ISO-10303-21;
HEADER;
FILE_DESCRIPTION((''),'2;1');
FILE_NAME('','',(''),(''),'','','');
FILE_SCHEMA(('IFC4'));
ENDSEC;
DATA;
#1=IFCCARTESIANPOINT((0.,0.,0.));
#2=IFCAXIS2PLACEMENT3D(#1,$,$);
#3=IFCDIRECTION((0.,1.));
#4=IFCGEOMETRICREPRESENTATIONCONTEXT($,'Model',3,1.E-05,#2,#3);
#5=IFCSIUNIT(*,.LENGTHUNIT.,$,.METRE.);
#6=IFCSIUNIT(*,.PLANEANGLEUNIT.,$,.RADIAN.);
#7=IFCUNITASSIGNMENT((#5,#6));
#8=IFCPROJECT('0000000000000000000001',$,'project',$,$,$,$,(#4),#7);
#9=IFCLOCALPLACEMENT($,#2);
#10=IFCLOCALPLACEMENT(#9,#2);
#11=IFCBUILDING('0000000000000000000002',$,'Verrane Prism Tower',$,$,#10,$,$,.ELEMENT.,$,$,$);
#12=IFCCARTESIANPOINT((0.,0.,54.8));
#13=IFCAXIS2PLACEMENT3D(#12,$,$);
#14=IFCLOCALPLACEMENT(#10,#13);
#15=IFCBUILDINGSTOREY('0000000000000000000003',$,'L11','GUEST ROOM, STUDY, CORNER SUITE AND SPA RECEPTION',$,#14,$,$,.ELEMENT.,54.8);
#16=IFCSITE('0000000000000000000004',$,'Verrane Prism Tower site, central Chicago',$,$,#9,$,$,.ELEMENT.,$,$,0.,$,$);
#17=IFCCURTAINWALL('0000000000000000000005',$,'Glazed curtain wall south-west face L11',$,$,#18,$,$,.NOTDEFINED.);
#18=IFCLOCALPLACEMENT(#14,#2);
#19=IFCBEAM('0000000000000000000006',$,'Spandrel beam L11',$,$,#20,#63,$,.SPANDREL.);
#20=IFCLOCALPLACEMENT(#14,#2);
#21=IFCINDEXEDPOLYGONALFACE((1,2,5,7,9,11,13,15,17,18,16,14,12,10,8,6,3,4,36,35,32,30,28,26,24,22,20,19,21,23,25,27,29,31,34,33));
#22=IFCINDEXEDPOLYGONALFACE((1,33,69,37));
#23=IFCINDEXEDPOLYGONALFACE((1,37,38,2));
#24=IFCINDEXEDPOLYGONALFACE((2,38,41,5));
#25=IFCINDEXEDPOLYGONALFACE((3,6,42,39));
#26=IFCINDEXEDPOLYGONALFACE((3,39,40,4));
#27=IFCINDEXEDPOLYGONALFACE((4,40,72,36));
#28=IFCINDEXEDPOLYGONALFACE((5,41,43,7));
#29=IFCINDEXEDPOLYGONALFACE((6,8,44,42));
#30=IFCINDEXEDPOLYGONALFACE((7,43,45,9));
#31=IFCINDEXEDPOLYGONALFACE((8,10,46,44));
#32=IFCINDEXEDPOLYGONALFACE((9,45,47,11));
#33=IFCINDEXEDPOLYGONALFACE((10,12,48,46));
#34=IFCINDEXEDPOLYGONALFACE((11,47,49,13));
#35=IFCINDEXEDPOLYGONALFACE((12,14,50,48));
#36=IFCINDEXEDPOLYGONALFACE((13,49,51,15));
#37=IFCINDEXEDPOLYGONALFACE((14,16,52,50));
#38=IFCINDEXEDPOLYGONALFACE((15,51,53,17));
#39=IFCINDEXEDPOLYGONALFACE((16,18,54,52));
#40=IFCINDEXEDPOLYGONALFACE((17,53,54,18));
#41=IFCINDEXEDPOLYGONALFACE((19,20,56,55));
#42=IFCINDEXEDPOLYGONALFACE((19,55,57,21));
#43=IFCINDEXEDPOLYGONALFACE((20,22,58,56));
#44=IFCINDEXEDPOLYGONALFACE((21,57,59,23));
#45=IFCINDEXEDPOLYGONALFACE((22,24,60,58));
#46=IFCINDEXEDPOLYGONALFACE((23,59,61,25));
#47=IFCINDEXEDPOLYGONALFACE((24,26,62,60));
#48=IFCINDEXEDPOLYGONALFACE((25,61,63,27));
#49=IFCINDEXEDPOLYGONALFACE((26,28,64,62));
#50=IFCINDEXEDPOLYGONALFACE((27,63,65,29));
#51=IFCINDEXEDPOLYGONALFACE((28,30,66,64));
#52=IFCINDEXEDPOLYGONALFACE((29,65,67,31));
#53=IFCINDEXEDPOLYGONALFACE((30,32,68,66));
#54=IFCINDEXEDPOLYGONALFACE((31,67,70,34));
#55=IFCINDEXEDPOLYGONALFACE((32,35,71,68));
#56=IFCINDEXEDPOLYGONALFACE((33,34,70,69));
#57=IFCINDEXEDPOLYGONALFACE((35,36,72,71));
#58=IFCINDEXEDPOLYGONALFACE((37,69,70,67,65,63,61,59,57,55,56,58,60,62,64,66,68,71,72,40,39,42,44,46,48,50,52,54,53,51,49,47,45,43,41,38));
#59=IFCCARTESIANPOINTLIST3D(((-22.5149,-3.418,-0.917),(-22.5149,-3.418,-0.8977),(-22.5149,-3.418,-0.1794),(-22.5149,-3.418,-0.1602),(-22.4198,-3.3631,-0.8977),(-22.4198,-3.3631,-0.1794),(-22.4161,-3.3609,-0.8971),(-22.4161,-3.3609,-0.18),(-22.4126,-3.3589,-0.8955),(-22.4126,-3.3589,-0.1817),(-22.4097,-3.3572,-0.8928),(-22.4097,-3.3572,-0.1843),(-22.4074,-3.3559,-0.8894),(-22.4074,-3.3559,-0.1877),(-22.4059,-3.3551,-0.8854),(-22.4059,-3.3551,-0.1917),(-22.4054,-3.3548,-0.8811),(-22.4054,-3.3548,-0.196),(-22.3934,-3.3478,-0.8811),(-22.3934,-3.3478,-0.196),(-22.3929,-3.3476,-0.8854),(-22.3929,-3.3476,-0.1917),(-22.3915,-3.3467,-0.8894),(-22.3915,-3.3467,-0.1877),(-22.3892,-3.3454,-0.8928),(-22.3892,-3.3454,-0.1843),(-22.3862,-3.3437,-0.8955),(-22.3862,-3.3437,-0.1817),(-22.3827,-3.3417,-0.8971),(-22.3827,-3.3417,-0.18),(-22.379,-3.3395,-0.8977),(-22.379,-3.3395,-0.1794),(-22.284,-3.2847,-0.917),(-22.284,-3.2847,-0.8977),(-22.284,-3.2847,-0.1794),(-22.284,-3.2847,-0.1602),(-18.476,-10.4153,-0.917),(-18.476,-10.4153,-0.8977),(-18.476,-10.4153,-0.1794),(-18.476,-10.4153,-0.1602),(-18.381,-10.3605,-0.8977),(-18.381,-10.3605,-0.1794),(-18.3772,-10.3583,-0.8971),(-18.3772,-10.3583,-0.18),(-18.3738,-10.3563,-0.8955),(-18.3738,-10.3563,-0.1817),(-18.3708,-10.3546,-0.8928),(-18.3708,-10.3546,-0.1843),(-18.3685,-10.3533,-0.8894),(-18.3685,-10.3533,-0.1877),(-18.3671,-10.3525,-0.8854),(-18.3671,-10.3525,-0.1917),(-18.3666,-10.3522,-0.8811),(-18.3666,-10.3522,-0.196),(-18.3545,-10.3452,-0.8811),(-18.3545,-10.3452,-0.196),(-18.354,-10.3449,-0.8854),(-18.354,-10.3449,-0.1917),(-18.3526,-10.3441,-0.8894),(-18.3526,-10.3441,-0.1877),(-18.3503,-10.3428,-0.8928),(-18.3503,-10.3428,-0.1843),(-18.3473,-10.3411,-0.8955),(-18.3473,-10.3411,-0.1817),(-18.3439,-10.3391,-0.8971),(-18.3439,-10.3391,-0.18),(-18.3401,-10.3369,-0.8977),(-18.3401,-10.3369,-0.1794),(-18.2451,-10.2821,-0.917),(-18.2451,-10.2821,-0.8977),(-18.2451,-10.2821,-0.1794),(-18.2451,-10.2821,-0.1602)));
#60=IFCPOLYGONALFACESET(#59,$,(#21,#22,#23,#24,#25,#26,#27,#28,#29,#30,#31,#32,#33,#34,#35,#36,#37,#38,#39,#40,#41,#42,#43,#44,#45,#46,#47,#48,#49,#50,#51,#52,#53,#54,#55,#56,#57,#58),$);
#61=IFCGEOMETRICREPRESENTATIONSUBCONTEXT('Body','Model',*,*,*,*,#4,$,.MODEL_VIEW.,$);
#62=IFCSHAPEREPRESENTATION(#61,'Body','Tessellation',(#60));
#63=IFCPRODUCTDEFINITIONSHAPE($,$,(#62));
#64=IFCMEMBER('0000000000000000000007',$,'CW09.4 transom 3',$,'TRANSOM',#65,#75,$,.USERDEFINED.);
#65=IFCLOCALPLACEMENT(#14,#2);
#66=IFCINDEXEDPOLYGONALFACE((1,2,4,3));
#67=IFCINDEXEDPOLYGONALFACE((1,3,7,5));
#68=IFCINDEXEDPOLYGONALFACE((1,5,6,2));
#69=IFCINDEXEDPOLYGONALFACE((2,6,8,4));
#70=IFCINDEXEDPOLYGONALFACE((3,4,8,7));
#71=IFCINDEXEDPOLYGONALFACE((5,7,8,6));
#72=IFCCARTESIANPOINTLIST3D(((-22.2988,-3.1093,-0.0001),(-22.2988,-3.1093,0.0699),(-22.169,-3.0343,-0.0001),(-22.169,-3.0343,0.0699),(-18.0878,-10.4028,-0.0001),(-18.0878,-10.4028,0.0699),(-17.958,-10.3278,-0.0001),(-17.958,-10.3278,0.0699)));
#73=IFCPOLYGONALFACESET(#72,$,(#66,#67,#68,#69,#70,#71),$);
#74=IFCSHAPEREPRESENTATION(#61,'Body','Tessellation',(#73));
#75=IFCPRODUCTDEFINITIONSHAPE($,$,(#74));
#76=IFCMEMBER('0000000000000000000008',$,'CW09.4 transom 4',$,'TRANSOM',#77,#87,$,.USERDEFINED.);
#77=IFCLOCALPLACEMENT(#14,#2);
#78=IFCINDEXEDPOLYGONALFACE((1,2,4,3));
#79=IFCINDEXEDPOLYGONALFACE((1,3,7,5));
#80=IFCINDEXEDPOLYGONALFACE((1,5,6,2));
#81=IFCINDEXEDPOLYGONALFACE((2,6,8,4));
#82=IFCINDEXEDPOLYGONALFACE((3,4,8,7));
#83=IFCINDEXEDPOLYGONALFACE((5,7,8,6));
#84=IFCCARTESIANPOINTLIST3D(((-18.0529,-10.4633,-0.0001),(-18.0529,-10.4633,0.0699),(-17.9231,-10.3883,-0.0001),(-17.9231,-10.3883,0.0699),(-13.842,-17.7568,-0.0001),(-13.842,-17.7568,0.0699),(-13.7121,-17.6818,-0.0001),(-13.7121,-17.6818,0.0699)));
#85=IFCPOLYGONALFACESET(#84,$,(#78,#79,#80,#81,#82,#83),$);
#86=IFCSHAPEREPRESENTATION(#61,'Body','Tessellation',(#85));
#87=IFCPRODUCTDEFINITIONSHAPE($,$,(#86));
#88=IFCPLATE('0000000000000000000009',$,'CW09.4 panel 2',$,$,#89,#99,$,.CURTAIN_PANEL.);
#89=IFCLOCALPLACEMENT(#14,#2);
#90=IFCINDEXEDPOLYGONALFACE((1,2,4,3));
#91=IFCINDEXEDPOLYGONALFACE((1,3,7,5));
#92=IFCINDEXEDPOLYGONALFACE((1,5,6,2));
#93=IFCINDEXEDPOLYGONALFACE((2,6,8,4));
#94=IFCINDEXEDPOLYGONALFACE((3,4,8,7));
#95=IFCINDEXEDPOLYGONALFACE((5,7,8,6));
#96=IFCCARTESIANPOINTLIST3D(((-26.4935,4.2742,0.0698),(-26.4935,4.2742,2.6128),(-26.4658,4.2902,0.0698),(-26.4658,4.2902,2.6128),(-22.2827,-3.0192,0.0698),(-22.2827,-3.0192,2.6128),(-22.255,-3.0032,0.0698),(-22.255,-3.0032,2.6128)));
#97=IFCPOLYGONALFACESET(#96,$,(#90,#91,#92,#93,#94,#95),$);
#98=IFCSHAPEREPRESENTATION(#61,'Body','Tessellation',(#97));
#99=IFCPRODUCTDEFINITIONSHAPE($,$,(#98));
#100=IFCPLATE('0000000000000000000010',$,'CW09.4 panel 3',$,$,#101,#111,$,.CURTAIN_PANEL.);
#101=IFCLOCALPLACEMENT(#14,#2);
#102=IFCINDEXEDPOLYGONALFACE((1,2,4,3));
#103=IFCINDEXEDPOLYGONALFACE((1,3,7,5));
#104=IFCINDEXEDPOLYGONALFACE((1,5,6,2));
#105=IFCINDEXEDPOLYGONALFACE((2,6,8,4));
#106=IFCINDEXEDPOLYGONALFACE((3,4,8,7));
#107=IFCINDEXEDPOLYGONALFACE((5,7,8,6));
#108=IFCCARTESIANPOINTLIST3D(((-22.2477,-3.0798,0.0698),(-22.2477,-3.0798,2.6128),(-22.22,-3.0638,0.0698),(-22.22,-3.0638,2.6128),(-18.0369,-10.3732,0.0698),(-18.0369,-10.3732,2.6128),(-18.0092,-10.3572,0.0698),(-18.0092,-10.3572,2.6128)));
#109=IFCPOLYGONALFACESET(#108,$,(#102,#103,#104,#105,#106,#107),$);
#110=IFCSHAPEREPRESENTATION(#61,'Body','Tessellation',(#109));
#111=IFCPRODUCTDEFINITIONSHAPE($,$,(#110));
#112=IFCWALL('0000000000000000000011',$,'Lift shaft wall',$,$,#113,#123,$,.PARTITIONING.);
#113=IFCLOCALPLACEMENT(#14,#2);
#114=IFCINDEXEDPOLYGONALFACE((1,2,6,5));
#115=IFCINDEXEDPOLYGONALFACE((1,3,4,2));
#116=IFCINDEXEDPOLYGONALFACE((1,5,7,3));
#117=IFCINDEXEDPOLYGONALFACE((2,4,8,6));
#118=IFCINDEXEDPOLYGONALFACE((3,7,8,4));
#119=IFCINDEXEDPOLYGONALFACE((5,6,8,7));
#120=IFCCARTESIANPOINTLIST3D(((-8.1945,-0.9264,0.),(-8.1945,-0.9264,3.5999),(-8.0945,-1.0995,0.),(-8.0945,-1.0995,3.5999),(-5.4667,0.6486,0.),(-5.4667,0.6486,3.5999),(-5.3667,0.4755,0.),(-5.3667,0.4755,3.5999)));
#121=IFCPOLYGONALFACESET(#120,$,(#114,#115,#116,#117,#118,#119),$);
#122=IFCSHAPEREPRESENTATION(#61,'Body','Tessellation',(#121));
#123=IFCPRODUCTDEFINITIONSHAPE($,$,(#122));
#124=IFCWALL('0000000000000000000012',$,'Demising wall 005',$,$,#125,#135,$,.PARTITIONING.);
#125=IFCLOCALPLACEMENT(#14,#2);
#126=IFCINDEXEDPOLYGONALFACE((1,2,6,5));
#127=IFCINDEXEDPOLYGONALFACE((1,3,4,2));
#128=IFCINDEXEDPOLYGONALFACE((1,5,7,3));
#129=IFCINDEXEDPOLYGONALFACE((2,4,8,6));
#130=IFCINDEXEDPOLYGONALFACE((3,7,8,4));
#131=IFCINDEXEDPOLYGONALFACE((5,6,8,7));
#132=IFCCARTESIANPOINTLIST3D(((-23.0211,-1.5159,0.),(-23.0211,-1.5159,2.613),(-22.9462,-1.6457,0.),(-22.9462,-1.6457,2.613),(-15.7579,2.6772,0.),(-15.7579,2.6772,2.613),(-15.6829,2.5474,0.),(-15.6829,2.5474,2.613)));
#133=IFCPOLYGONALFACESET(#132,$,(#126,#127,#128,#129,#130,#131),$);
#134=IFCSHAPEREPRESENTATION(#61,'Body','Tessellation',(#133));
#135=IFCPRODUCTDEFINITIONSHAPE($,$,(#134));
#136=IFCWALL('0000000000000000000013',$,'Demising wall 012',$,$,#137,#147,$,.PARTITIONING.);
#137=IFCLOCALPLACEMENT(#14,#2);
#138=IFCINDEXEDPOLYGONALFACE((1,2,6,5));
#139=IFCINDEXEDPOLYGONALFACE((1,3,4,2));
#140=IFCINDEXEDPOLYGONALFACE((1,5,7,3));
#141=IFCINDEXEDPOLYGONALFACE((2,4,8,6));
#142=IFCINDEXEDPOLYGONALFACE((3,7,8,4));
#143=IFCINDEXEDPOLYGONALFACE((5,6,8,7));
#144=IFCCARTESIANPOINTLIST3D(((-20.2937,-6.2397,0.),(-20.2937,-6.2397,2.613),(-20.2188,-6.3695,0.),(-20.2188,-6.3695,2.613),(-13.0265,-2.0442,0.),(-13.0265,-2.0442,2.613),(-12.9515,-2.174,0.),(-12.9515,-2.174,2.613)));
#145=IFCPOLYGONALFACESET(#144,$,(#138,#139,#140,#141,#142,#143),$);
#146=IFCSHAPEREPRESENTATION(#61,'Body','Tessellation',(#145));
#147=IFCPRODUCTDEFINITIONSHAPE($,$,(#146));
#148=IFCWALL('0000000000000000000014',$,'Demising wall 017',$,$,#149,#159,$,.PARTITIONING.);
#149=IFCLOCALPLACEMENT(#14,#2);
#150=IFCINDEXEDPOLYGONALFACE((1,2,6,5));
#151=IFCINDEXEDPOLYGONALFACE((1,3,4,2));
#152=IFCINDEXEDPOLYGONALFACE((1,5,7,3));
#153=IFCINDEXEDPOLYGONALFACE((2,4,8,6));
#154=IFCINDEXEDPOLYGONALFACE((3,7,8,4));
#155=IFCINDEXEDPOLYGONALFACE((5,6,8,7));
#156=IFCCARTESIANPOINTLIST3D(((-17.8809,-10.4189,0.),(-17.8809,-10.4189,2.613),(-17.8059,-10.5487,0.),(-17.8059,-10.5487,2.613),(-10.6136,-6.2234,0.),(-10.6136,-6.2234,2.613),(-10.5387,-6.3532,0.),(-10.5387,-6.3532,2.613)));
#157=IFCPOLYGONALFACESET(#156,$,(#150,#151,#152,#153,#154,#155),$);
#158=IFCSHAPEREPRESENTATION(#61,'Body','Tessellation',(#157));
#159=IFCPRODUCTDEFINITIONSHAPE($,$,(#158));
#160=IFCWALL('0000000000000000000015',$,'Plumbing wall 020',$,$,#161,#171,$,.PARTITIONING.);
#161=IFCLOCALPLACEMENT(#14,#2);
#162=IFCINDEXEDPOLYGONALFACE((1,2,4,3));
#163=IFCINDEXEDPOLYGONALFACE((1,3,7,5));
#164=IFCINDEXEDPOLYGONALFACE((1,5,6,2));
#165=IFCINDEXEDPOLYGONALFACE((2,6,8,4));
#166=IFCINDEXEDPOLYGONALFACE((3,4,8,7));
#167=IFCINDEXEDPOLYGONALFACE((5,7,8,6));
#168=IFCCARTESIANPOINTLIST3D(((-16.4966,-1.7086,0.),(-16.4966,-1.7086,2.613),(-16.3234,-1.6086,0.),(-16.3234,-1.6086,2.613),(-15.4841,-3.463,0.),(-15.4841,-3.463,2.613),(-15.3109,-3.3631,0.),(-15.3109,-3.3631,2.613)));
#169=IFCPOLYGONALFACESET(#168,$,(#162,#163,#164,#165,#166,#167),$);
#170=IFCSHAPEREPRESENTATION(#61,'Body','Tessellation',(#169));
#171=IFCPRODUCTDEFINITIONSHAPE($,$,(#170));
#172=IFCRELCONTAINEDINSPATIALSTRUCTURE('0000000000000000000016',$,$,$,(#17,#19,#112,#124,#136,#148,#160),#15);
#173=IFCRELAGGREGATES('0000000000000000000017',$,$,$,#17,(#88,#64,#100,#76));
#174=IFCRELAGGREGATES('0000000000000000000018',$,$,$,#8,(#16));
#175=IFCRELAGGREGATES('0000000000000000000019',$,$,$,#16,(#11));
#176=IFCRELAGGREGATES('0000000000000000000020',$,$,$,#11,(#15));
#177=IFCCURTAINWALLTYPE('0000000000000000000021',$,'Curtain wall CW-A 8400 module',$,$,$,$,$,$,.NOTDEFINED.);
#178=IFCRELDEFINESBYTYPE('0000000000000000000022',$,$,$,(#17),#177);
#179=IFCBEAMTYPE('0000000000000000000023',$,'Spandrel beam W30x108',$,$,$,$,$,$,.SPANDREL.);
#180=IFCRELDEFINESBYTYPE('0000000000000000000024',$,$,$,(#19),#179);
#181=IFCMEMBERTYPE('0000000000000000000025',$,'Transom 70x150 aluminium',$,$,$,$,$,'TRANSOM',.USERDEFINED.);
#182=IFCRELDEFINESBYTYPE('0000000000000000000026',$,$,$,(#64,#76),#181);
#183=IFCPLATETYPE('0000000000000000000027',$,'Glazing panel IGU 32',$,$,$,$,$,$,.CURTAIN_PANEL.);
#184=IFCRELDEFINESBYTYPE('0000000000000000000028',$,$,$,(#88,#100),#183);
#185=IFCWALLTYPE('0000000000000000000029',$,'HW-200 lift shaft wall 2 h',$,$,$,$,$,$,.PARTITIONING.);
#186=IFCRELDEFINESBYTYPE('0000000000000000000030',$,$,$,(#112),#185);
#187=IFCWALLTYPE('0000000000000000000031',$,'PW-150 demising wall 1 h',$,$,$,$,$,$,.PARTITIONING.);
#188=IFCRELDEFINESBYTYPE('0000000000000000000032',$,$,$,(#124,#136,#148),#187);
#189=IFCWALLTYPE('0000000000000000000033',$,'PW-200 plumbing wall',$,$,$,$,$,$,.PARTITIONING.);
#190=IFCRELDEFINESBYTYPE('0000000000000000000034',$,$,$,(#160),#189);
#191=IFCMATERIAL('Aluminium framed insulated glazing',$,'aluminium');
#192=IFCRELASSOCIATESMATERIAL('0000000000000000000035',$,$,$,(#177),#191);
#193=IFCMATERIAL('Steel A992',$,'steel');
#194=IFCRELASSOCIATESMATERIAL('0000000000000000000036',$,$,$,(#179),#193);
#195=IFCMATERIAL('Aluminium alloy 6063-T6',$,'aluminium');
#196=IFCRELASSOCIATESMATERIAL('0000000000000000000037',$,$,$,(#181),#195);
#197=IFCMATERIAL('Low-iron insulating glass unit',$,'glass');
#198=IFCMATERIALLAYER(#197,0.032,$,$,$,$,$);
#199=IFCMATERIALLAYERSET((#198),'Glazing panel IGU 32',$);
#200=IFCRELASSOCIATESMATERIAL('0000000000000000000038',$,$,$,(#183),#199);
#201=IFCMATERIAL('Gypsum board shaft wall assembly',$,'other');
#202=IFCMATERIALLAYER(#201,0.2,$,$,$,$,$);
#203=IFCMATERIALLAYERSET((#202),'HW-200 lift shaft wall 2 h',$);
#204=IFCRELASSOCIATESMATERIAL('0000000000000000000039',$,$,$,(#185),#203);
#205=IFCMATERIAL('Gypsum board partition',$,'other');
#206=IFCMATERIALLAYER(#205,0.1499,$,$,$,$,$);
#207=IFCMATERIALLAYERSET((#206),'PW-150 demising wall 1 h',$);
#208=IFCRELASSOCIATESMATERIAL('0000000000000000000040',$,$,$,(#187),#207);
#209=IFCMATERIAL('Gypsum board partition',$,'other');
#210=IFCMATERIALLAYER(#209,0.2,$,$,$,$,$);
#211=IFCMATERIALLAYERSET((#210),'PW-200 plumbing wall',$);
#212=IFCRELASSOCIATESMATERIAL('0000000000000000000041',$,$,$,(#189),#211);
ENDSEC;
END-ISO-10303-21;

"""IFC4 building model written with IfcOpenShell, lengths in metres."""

from ifc_helpers import new_model, si_unit, direction, frame, frame_2d, origin, origin_2d, place, context, subcontext, project, spatial, rectangle, i_section, extrude, material, layer, layer_set, material_profile, profile_set, type_object, element, aggregate, save


model = new_model("IFC4")

# Units and contexts
model_context = context("Model", 3, precision=1e-05, world=origin(), true_north=direction((0.0, 1.0)))
body_context = subcontext(model_context, "Body", "Model", "MODEL_VIEW")
ifc_project = project(units=[si_unit("LENGTHUNIT", "METRE"), si_unit("PLANEANGLEUNIT", "RADIAN")], contexts=[model_context])

# Site, building, storey
site_placement = place(None, origin())
site = spatial("IfcSite", under=ifc_project, at=site_placement, Name="Verrane Prism Tower site, central Chicago", CompositionType="ELEMENT", RefElevation=0.0)
building_placement = place(site_placement, origin())
building = spatial("IfcBuilding", under=site, at=building_placement, Name="Verrane Prism Tower", CompositionType="ELEMENT")
storey_placement = place(building_placement, frame((0.0, 0.0, 54.8)))
storey = spatial("IfcBuildingStorey", under=building, at=storey_placement, Name="L11", Description="GUEST ROOM, STUDY, CORNER SUITE AND SPA RECEPTION", CompositionType="ELEMENT", Elevation=54.8)

# Curtain wall
ifc_material_1 = material(Name="Aluminium framed insulated glazing", Category="aluminium")
curtain_wall_type = type_object("IfcCurtainWallType", Name="Curtain wall CW-A 8400 module", PredefinedType="NOTDEFINED", material=ifc_material_1)
curtain_wall_placement = place(storey_placement, origin())
curtain_wall = element("IfcCurtainWall", 1, at=curtain_wall_placement, inside=storey, type_object=curtain_wall_type, Name="Glazed curtain wall south-west face L11", PredefinedType="NOTDEFINED")

# Beam
ifc_material_2 = material(Name="Steel A992", Category="steel")
ifc_material_profile_1 = material_profile(ifc_material_2, i_section(OverallWidth=0.2666, OverallDepth=0.7568, WebThickness=0.0139, FlangeThickness=0.0193, FilletRadius=0.0166, at=origin_2d()), Name="W30x108")
ifc_profile_set_1 = profile_set([ifc_material_profile_1], Name="Steel A992")
beam_type_1 = type_object("IfcBeamType", Name="Spandrel beam W30x108", PredefinedType="SPANDREL", material=ifc_profile_set_1)
beam_1_placement = place(storey_placement, frame((-22.3994, -3.3513, -0.5386), z_axis=(0.499899, -0.866083, 0.0), x_axis=(0.866083, 0.499899, 0.0)))
element("IfcBeam", 2, at=beam_1_placement, inside=storey, type_object=beam_type_1, Name="Spandrel beam L11", PredefinedType="SPANDREL", context=body_context, shape_type="SweptSolid", body=[
    extrude(i_section(OverallWidth=0.2666, OverallDepth=0.7568, WebThickness=0.0139, FlangeThickness=0.0193, FilletRadius=0.0166, at=origin_2d()), origin(), (0.0, 0.0, 1.0), 8.0793),
])

# Members
ifc_material_3 = material(Name="Aluminium alloy 6063-T6", Category="aluminium")
ifc_material_profile_2 = material_profile(ifc_material_3, rectangle(XDim=0.1499, YDim=0.0701, at=origin_2d()), Name="Transom 70x150 aluminium")
ifc_profile_set_2 = profile_set([ifc_material_profile_2], Name="Aluminium alloy 6063-T6")
member_type_1 = type_object("IfcMemberType", Name="Transom 70x150 aluminium", ElementType="TRANSOM", PredefinedType="USERDEFINED", material=ifc_profile_set_2)
member_1_placement = place(storey_placement, frame((-22.2339, -3.0718, 0.0349), z_axis=(0.500005, -0.866022, 0.0), x_axis=(0.866022, 0.500005, 0.0)))
member_1 = element("IfcMember", 3, at=member_1_placement, type_object=member_type_1, Name="CW09.4 transom 3", ObjectType="TRANSOM", PredefinedType="USERDEFINED", context=body_context, shape_type="SweptSolid", body=[
    extrude(rectangle(XDim=0.1499, YDim=0.0701, at=origin_2d()), origin(), (0.0, 0.0, 1.0), 8.4219),
])
member_2_placement = place(storey_placement, frame((-17.988, -10.4258, 0.0349), z_axis=(0.500005, -0.866022, 0.0), x_axis=(0.866022, 0.500005, 0.0)))
member_2 = element("IfcMember", 4, at=member_2_placement, type_object=member_type_1, Name="CW09.4 transom 4", ObjectType="TRANSOM", PredefinedType="USERDEFINED", context=body_context, shape_type="SweptSolid", body=[
    extrude(rectangle(XDim=0.1499, YDim=0.0701, at=origin_2d()), origin(), (0.0, 0.0, 1.0), 8.4219),
])

# Plates
ifc_material_4 = material(Name="Low-iron insulating glass unit", Category="glass")
ifc_layer_1 = layer(ifc_material_4, 0.032)
ifc_layer_set_1 = layer_set([ifc_layer_1], Name="Glazing panel IGU 32")
plate_type = type_object("IfcPlateType", Name="Glazing panel IGU 32", PredefinedType="CURTAIN_PANEL", material=ifc_layer_set_1)
plate_1_placement = place(storey_placement, frame((-24.3743, 0.6355, 0.0698), z_axis=(0.0, 0.0, 1.0), x_axis=(0.499999, -0.866026, 0.0)))
plate_1 = element("IfcPlate", 5, at=plate_1_placement, type_object=plate_type, Name="CW09.4 panel 2", PredefinedType="CURTAIN_PANEL", context=body_context, shape_type="SweptSolid", body=[
    extrude(rectangle(XDim=8.4216, YDim=0.032, at=origin_2d()), origin(), (0.0, 0.0, 1.0), 2.543),
])
plate_2_placement = place(storey_placement, frame((-20.1284, -6.7185, 0.0698), z_axis=(0.0, 0.0, 1.0), x_axis=(0.499999, -0.866026, 0.0)))
plate_2 = element("IfcPlate", 6, at=plate_2_placement, type_object=plate_type, Name="CW09.4 panel 3", PredefinedType="CURTAIN_PANEL", context=body_context, shape_type="SweptSolid", body=[
    extrude(rectangle(XDim=8.4216, YDim=0.032, at=origin_2d()), origin(), (0.0, 0.0, 1.0), 2.543),
])
aggregate(curtain_wall, [plate_1, member_1, plate_2, member_2])

# Walls
ifc_material_5 = material(Name="Gypsum board shaft wall assembly", Category="other")
ifc_layer_2 = layer(ifc_material_5, 0.2)
ifc_layer_set_2 = layer_set([ifc_layer_2], Name="HW-200 lift shaft wall 2 h")
wall_type_1 = type_object("IfcWallType", Name="HW-200 lift shaft wall 2 h", PredefinedType="PARTITIONING", material=ifc_layer_set_2)
wall_1_placement = place(storey_placement, frame((-8.1445, -1.0129, 0.0), z_axis=(0.0, 0.0, 1.0), x_axis=(0.866016, 0.500015, 0.0)))
element("IfcWall", 7, at=wall_1_placement, inside=storey, type_object=wall_type_1, Name="Lift shaft wall", PredefinedType="PARTITIONING", context=body_context, shape_type="SweptSolid", body=[
    extrude(rectangle(XDim=3.1499, YDim=0.2, at=frame_2d((1.575, 0.0))), origin(), (0.0, 0.0, 1.0), 3.5999),
])
ifc_material_6 = material(Name="Gypsum board partition", Category="other")
ifc_layer_3 = layer(ifc_material_6, 0.1499)
ifc_layer_set_3 = layer_set([ifc_layer_3], Name="PW-150 demising wall 1 h")
wall_type_2 = type_object("IfcWallType", Name="PW-150 demising wall 1 h", PredefinedType="PARTITIONING", material=ifc_layer_set_3)
wall_2_placement = place(storey_placement, frame((-22.9836, -1.5808, 0.0), z_axis=(0.0, 0.0, 1.0), x_axis=(0.86604, 0.499974, 0.0)))
element("IfcWall", 8, at=wall_2_placement, inside=storey, type_object=wall_type_2, Name="Demising wall 005", PredefinedType="PARTITIONING", context=body_context, shape_type="SweptSolid", body=[
    extrude(rectangle(XDim=8.3867, YDim=0.1499, at=frame_2d((4.1934, 0.0))), origin(), (0.0, 0.0, 1.0), 2.613),
])
for number, where, z_axis, x_axis, name in (
    (9, (-20.2563, -6.3047, 0.0), (0.0, 0.0, 1.0), (0.866038, 0.499978, 0.0), "Demising wall 012"),
    (10, (-17.8435, -10.4839, 0.0), (0.0, 0.0, 1.0), (0.866038, 0.499978, 0.0), "Demising wall 017"),
):
    element("IfcWall", number, at=place(storey_placement, frame(where, z_axis=z_axis, x_axis=x_axis)), inside=storey, type_object=wall_type_2, Name=name, PredefinedType="PARTITIONING", context=body_context, shape_type="SweptSolid", body=[
        extrude(rectangle(XDim=8.3914, YDim=0.1499, at=frame_2d((4.1958, 0.0))), origin(), (0.0, 0.0, 1.0), 2.613),
    ])
ifc_material_7 = material(Name="Gypsum board partition", Category="other")
ifc_layer_4 = layer(ifc_material_7, 0.2)
ifc_layer_set_4 = layer_set([ifc_layer_4], Name="PW-200 plumbing wall")
wall_type_3 = type_object("IfcWallType", Name="PW-200 plumbing wall", PredefinedType="PARTITIONING", material=ifc_layer_set_4)
wall_3_placement = place(storey_placement, frame((-16.4099, -1.6587, 0.0), z_axis=(0.0, 0.0, 1.0), x_axis=(0.499834, -0.866121, 0.0)))
element("IfcWall", 11, at=wall_3_placement, inside=storey, type_object=wall_type_3, Name="Plumbing wall 020", PredefinedType="PARTITIONING", context=body_context, shape_type="SweptSolid", body=[
    extrude(rectangle(XDim=2.0256, YDim=0.2, at=frame_2d((1.0127, 0.0))), origin(), (0.0, 0.0, 1.0), 2.613),
])

save(model, "model.ifc")
